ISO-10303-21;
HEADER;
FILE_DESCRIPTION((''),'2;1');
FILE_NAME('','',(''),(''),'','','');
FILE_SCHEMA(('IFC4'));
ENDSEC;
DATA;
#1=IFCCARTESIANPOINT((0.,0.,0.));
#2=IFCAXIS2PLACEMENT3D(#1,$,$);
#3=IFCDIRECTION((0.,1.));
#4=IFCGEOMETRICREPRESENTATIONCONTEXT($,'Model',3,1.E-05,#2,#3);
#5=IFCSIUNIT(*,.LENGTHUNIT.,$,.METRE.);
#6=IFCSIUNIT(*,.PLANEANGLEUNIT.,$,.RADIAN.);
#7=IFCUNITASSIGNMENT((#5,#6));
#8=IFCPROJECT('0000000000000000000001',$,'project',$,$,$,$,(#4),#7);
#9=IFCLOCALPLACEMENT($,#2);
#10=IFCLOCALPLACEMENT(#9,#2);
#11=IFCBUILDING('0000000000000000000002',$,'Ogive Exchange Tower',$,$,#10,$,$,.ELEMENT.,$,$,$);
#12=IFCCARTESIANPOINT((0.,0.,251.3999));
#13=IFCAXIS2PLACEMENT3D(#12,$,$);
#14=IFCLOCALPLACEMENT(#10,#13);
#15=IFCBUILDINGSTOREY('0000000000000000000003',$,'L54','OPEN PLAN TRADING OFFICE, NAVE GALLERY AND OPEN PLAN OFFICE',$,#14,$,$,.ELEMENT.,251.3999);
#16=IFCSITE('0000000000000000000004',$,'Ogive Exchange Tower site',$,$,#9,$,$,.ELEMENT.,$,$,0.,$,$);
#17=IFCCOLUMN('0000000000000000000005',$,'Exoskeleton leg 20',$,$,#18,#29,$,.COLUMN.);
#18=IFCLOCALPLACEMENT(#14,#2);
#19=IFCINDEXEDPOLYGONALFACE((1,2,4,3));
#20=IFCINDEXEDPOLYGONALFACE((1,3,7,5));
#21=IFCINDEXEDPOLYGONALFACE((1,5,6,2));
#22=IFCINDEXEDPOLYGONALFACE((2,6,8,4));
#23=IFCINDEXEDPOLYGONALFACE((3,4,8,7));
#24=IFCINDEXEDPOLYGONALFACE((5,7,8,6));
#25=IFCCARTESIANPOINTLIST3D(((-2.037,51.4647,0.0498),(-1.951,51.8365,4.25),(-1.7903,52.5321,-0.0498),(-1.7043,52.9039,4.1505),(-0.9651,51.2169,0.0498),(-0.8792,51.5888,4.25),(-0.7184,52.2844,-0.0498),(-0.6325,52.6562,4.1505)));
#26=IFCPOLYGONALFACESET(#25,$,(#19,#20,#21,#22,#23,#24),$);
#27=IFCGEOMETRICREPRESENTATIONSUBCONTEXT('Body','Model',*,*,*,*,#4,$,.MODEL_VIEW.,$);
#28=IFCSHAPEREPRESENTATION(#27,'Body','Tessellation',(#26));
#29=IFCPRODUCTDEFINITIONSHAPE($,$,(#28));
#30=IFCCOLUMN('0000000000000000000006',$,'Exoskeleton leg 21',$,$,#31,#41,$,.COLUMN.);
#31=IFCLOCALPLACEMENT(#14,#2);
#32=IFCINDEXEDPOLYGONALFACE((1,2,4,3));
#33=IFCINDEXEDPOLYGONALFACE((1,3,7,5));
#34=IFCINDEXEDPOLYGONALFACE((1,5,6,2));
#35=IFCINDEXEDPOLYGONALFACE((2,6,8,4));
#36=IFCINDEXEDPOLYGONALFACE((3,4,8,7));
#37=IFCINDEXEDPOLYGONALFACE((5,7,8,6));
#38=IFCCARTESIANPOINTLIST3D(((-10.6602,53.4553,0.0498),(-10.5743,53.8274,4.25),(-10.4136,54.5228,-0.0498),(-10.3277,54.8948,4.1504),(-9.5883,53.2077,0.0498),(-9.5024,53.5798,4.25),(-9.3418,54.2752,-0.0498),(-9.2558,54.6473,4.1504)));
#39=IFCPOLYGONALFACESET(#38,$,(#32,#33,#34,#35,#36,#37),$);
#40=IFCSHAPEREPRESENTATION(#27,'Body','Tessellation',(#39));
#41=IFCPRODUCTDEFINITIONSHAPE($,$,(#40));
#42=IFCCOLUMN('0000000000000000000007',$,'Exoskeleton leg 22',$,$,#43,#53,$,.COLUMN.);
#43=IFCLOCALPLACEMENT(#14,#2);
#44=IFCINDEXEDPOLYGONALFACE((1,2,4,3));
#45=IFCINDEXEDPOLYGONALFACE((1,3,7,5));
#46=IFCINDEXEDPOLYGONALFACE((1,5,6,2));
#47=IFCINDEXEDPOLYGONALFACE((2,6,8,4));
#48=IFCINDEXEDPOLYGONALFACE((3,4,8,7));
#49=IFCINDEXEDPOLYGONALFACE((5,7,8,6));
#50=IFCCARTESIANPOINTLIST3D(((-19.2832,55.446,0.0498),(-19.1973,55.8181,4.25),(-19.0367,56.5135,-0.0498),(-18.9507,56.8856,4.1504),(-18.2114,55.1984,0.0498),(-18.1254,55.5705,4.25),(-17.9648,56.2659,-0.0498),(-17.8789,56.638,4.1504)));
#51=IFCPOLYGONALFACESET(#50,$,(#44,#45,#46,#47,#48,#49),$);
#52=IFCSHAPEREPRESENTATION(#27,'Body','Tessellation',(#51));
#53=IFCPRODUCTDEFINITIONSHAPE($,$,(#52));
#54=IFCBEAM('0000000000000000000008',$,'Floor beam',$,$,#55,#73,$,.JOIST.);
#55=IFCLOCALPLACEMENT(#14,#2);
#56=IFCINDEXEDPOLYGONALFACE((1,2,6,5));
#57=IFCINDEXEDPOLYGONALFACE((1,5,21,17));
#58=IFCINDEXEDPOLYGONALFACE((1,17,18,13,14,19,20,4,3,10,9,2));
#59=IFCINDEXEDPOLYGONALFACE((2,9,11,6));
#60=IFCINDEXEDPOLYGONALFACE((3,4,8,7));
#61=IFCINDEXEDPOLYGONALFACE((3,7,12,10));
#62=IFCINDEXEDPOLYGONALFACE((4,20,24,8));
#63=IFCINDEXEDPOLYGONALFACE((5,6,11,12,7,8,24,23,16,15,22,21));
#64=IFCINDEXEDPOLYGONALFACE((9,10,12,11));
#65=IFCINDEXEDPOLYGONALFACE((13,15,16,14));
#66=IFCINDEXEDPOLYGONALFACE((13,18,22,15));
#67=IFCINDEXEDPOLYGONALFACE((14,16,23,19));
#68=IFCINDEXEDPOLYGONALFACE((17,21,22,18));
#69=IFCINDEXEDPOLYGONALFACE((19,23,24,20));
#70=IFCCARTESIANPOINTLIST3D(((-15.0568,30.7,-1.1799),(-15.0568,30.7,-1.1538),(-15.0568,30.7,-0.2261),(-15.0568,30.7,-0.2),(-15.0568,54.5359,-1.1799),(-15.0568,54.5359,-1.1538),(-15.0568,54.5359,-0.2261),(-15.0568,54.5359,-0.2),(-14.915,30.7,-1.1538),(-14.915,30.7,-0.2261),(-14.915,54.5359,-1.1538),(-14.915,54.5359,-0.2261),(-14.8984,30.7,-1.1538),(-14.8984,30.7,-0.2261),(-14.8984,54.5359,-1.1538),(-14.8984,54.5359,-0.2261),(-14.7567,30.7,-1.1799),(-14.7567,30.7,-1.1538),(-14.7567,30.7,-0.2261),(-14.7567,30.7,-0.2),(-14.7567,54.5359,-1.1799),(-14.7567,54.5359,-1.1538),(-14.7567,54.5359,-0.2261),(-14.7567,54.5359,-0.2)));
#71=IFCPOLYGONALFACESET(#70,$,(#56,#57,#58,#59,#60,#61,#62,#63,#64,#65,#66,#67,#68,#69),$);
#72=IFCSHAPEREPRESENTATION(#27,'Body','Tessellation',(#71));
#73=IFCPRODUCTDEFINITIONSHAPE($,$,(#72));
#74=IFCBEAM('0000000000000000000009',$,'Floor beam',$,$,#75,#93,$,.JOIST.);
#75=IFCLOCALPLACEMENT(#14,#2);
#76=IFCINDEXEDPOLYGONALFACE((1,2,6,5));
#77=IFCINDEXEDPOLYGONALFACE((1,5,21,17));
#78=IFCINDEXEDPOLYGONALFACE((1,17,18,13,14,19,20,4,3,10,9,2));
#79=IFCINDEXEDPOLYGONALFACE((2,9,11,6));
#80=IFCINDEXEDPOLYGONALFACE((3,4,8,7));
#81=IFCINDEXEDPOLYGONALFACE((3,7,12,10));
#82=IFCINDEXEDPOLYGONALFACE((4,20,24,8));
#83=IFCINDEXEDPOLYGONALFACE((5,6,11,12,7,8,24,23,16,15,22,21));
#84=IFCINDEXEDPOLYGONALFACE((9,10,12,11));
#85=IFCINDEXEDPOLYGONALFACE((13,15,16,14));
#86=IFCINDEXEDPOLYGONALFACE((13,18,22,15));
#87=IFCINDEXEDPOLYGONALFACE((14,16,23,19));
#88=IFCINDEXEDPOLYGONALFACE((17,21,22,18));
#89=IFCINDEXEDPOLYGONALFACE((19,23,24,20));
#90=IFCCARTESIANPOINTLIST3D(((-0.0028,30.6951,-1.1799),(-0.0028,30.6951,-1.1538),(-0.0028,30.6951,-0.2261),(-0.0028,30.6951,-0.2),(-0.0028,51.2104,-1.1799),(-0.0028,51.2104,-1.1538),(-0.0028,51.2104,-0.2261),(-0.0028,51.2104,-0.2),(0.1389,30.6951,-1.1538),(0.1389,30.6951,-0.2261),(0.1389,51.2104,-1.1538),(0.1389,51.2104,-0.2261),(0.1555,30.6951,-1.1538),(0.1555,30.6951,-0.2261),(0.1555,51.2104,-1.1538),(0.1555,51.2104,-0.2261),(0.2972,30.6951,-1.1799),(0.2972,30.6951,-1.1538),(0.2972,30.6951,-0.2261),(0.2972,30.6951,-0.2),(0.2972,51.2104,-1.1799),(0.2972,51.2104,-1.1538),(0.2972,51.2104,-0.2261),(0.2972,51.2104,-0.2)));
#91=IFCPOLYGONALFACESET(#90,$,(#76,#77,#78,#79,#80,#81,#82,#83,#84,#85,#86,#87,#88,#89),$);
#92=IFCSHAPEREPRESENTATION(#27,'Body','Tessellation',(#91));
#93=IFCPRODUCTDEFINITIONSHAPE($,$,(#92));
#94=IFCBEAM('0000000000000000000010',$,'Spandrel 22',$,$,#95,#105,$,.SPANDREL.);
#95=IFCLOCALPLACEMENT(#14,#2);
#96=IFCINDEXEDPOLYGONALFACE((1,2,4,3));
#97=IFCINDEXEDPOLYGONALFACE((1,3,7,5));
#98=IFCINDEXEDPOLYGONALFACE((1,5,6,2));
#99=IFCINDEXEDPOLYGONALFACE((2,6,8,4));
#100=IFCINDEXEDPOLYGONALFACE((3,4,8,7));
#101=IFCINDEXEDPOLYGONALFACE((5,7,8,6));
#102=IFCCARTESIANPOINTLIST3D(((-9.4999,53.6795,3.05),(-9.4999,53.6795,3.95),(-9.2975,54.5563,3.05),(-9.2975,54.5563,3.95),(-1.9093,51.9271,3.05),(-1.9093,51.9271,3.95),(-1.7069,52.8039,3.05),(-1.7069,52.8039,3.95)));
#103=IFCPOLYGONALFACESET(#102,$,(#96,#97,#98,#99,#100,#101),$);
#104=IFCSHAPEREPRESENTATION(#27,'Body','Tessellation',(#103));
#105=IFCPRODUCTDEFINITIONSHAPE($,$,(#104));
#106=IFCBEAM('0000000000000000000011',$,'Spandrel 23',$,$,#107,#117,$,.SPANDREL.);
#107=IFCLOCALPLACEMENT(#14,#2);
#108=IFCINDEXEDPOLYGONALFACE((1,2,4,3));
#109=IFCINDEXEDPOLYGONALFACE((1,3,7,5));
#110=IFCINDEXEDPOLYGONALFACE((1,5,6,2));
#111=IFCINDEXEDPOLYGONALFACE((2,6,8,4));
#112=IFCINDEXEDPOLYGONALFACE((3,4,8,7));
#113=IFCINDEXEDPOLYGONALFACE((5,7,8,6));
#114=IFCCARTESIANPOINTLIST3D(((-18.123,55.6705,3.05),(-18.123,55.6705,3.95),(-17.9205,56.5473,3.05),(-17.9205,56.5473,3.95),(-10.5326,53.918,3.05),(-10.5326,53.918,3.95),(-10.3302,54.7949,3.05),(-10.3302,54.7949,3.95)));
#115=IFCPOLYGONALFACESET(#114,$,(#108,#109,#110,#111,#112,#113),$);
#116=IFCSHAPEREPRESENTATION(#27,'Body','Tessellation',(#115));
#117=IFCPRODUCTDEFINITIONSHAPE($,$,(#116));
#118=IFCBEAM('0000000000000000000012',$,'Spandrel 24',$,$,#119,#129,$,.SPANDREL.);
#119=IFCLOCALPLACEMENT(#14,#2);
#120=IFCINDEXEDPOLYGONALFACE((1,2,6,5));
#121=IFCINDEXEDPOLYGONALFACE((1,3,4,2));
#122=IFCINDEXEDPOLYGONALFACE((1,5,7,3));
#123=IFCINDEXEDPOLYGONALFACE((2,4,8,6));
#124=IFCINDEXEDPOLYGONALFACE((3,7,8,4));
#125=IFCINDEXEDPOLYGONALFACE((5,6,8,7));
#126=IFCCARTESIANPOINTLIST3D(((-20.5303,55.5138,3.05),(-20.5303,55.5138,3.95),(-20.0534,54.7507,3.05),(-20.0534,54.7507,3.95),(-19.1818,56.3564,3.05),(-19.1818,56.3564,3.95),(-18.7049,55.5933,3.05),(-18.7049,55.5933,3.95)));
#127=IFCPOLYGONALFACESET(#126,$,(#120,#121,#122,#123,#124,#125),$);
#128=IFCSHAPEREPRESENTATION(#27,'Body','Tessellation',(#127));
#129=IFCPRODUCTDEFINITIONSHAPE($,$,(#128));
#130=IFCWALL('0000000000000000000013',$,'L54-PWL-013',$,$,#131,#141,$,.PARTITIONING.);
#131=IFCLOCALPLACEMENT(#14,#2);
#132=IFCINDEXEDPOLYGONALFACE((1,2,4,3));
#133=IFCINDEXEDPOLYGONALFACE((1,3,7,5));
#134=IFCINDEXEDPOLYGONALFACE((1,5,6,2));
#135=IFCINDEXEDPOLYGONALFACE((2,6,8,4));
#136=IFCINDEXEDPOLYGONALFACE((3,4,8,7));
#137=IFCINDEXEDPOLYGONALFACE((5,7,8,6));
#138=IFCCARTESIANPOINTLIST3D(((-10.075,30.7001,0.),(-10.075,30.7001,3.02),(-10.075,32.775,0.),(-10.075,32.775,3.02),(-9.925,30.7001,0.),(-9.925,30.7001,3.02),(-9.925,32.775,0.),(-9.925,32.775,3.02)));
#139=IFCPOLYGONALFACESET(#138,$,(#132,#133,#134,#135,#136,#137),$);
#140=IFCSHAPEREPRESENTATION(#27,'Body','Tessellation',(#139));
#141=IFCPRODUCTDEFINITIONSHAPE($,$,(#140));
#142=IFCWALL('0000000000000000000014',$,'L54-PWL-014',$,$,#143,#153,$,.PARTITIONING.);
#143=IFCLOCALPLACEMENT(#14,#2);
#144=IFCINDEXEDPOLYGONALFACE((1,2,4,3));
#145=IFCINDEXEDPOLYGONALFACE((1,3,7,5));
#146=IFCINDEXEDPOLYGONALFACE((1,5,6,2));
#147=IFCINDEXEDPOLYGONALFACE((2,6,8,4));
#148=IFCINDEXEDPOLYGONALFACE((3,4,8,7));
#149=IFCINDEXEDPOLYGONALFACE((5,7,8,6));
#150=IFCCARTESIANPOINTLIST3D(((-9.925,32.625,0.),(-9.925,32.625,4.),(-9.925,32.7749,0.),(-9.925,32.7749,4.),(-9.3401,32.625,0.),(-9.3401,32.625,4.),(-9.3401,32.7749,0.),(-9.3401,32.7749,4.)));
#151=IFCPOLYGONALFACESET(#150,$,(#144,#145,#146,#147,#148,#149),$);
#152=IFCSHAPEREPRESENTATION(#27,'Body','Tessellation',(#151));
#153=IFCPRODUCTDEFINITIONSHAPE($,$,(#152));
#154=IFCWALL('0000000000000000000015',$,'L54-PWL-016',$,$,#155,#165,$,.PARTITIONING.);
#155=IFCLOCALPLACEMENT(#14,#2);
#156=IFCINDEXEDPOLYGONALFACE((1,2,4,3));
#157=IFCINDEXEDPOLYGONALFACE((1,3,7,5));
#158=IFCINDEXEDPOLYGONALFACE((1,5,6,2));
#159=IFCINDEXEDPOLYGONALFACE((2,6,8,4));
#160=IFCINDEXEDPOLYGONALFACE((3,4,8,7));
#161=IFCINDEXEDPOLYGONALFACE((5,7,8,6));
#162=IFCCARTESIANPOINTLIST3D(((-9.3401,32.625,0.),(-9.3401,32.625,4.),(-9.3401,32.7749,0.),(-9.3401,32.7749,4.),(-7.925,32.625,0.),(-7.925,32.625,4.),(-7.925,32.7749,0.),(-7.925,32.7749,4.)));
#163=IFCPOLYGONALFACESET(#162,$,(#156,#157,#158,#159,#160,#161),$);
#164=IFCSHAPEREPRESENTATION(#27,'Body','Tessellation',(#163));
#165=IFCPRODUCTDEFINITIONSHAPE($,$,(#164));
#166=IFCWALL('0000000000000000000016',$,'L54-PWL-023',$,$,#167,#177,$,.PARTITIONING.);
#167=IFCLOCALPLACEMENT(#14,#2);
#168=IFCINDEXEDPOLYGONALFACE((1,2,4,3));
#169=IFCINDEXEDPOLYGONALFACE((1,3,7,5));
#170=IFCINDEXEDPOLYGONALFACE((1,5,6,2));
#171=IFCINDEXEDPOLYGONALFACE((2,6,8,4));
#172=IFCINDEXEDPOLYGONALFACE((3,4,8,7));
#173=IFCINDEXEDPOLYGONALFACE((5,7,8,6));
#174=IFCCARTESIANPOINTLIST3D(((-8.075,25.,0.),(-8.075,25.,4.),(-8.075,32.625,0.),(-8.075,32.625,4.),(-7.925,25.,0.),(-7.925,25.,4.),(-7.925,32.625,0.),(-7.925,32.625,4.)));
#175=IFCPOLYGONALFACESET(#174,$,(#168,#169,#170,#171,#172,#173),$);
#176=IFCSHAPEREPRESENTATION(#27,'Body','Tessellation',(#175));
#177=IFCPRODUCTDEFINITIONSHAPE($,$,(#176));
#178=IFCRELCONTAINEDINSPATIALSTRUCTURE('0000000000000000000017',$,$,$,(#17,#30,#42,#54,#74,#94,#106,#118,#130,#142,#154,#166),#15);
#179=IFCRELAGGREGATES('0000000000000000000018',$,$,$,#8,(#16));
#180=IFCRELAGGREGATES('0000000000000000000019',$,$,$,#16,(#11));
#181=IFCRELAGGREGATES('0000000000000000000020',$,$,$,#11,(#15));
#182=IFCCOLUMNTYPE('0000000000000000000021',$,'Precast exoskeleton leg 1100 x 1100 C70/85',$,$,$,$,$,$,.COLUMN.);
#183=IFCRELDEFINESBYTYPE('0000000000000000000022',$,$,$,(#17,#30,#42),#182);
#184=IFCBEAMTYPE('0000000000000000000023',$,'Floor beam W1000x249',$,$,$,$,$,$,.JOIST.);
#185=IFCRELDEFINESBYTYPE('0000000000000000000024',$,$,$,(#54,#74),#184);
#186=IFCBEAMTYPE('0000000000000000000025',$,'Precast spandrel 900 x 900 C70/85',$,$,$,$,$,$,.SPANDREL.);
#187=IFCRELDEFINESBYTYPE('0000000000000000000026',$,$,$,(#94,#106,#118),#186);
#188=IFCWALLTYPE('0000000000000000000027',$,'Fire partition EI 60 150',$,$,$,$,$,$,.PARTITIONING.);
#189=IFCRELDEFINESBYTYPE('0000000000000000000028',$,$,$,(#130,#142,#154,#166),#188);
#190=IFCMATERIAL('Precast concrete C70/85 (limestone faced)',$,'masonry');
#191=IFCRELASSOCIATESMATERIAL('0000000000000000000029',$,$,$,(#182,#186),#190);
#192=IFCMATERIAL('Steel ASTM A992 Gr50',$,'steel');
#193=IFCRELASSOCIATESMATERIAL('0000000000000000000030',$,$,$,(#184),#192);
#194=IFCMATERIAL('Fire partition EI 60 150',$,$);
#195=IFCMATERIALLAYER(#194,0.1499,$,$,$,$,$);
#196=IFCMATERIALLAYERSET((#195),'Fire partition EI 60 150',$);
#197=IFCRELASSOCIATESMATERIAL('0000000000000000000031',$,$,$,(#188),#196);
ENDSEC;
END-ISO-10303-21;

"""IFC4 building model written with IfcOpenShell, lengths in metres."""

from ifc_helpers import new_model, si_unit, direction, frame, frame_2d, origin, origin_2d, place, context, subcontext, project, spatial, rectangle, i_section, extrude, material, layer, layer_set, material_profile, profile_set, type_object, element, save


model = new_model("IFC4")

# Units and contexts
model_context = context("Model", 3, precision=1e-05, world=origin(), true_north=direction((0.0, 1.0)))
body_context = subcontext(model_context, "Body", "Model", "MODEL_VIEW")
ifc_project = project(units=[si_unit("LENGTHUNIT", "METRE"), si_unit("PLANEANGLEUNIT", "RADIAN")], contexts=[model_context])

# Site, building, storey
site_placement = place(None, origin())
site = spatial("IfcSite", under=ifc_project, at=site_placement, Name="Ogive Exchange Tower site", CompositionType="ELEMENT", RefElevation=0.0)
building_placement = place(site_placement, origin())
building = spatial("IfcBuilding", under=site, at=building_placement, Name="Ogive Exchange Tower", CompositionType="ELEMENT")
storey_placement = place(building_placement, frame((0.0, 0.0, 251.3999)))
storey = spatial("IfcBuildingStorey", under=building, at=storey_placement, Name="L54", Description="OPEN PLAN TRADING OFFICE, NAVE GALLERY AND OPEN PLAN OFFICE", CompositionType="ELEMENT", Elevation=251.3999)

# Columns
ifc_material_1 = material(Name="Precast concrete C70/85 (limestone faced)", Category="masonry")
ifc_material_profile_1 = material_profile(ifc_material_1, rectangle(XDim=1.1001, YDim=1.1001, at=origin_2d()), Name="1100 x 1100")
ifc_profile_set_1 = profile_set([ifc_material_profile_1], Name="Precast concrete C70/85 (limestone faced)")
column_type = type_object("IfcColumnType", Name="Precast exoskeleton leg 1100 x 1100 C70/85", PredefinedType="COLUMN", material=ifc_profile_set_1)
for number, where, z_axis, x_axis, name in (
    (1, (-1.3777, 51.8745, 0.0), (0.020376, 0.088163, 0.995898), (-0.974316, 0.225187, 0.0), "Exoskeleton leg 20"),
    (2, (-10.001, 53.8652, 0.0), (0.020376, 0.08822, 0.995893), (-0.974348, 0.225046, 0.0), "Exoskeleton leg 21"),
    (3, (-18.624, 55.856, 0.0), (0.020376, 0.08822, 0.995893), (-0.974348, 0.225046, 0.0), "Exoskeleton leg 22"),
):
    element("IfcColumn", number, at=place(storey_placement, frame(where, z_axis=z_axis, x_axis=x_axis)), inside=storey, type_object=column_type, Name=name, PredefinedType="COLUMN", context=body_context, shape_type="SweptSolid", body=[
        extrude(rectangle(XDim=1.1001, YDim=1.1001, at=origin_2d()), origin(), (0.0, 0.0, 1.0), 4.2175),
    ])

# Beams
ifc_material_2 = material(Name="Steel ASTM A992 Gr50", Category="steel")
ifc_material_profile_2 = material_profile(ifc_material_2, i_section(OverallWidth=0.3, OverallDepth=0.98, WebThickness=0.0166, FlangeThickness=0.0261, at=origin_2d()), Name="W1000x249")
ifc_profile_set_2 = profile_set([ifc_material_profile_2], Name="Steel ASTM A992 Gr50")
beam_type_1 = type_object("IfcBeamType", Name="Floor beam W1000x249", PredefinedType="JOIST", material=ifc_profile_set_2)
beam_1_placement = place(storey_placement, frame((-14.9067, 30.7, -0.6899), z_axis=(0.0, 1.0, 0.0), x_axis=(-1.0, 0.0, 0.0)))
element("IfcBeam", 4, at=beam_1_placement, inside=storey, type_object=beam_type_1, Name="Floor beam", PredefinedType="JOIST", context=body_context, shape_type="SweptSolid", body=[
    extrude(i_section(OverallWidth=0.3, OverallDepth=0.98, WebThickness=0.0166, FlangeThickness=0.0261, at=origin_2d()), origin(), (0.0, 0.0, 1.0), 23.8359),
])
beam_2_placement = place(storey_placement, frame((0.1472, 30.6951, -0.6899), z_axis=(0.0, 1.0, 0.0), x_axis=(-1.0, 0.0, 0.0)))
element("IfcBeam", 5, at=beam_2_placement, inside=storey, type_object=beam_type_1, Name="Floor beam", PredefinedType="JOIST", context=body_context, shape_type="SweptSolid", body=[
    extrude(i_section(OverallWidth=0.3, OverallDepth=0.98, WebThickness=0.0166, FlangeThickness=0.0261, at=origin_2d()), origin(), (0.0, 0.0, 1.0), 20.5154),
])
ifc_material_profile_3 = material_profile(ifc_material_1, rectangle(XDim=0.8999, YDim=0.8999, at=origin_2d()), Name="900 x 900")
ifc_profile_set_3 = profile_set([ifc_material_profile_3], Name="Precast concrete C70/85 (limestone faced)")
beam_type_2 = type_object("IfcBeamType", Name="Precast spandrel 900 x 900 C70/85", PredefinedType="SPANDREL", material=ifc_profile_set_3)
beam_3_placement = place(storey_placement, frame((-1.8081, 52.3655, 3.5), z_axis=(-0.97437, 0.224953, 0.0), x_axis=(-0.224953, -0.97437, 0.0)))
element("IfcBeam", 6, at=beam_3_placement, inside=storey, type_object=beam_type_2, Name="Spandrel 22", PredefinedType="SPANDREL", context=body_context, shape_type="SweptSolid", body=[
    extrude(rectangle(XDim=0.8999, YDim=0.8999, at=origin_2d()), origin(), (0.0, 0.0, 1.0), 7.7903),
])
beam_4_placement = place(storey_placement, frame((-10.4314, 54.3564, 3.5), z_axis=(-0.974368, 0.22496, 0.0), x_axis=(-0.22496, -0.974368, 0.0)))
element("IfcBeam", 7, at=beam_4_placement, inside=storey, type_object=beam_type_2, Name="Spandrel 23", PredefinedType="SPANDREL", context=body_context, shape_type="SweptSolid", body=[
    extrude(rectangle(XDim=0.8999, YDim=0.8999, at=origin_2d()), origin(), (0.0, 0.0, 1.0), 7.79),
])
beam_5_placement = place(storey_placement, frame((-18.9434, 55.9749, 3.5), z_axis=(-0.848059, -0.529902, 0.0), x_axis=(0.529902, -0.848059, 0.0)))
element("IfcBeam", 8, at=beam_5_placement, inside=storey, type_object=beam_type_2, Name="Spandrel 24", PredefinedType="SPANDREL", context=body_context, shape_type="SweptSolid", body=[
    extrude(rectangle(XDim=0.8999, YDim=0.8999, at=origin_2d()), origin(), (0.0, 0.0, 1.0), 1.5901),
])

# Walls
ifc_material_3 = material(Name="Fire partition EI 60 150")
ifc_layer_1 = layer(ifc_material_3, 0.1499)
ifc_layer_set_1 = layer_set([ifc_layer_1], Name="Fire partition EI 60 150")
wall_type_1 = type_object("IfcWallType", Name="Fire partition EI 60 150", PredefinedType="PARTITIONING", material=ifc_layer_set_1)
wall_1_placement = place(storey_placement, frame((-10.0, 30.7, 0.0), z_axis=(0.0, 0.0, 1.0), x_axis=(0.0, 1.0, 0.0)))
element("IfcWall", 9, at=wall_1_placement, inside=storey, type_object=wall_type_1, Name="L54-PWL-013", PredefinedType="PARTITIONING", context=body_context, shape_type="SweptSolid", body=[
    extrude(rectangle(XDim=2.075, YDim=0.1499, at=frame_2d((1.0376, 0.0))), origin(), (0.0, 0.0, 1.0), 3.02),
])
wall_2_placement = place(storey_placement, frame((-9.925, 32.7, 0.0), z_axis=(0.0, 0.0, 1.0), x_axis=(1.0, 0.0, 0.0)))
element("IfcWall", 10, at=wall_2_placement, inside=storey, type_object=wall_type_1, Name="L54-PWL-014", PredefinedType="PARTITIONING", context=body_context, shape_type="SweptSolid", body=[
    extrude(rectangle(XDim=0.585, YDim=0.1499, at=frame_2d((0.2925, 0.0))), origin(), (0.0, 0.0, 1.0), 4.0),
])
wall_3_placement = place(storey_placement, frame((-9.3401, 32.7, 0.0), z_axis=(0.0, 0.0, 1.0), x_axis=(1.0, 0.0, 0.0)))
element("IfcWall", 11, at=wall_3_placement, inside=storey, type_object=wall_type_1, Name="L54-PWL-016", PredefinedType="PARTITIONING", context=body_context, shape_type="SweptSolid", body=[
    extrude(rectangle(XDim=1.415, YDim=0.1499, at=frame_2d((0.7075, 0.0))), origin(), (0.0, 0.0, 1.0), 4.0),
])
wall_4_placement = place(storey_placement, frame((-8.0, 32.625, 0.0), z_axis=(0.0, 0.0, 1.0), x_axis=(0.0, -1.0, 0.0)))
element("IfcWall", 12, at=wall_4_placement, inside=storey, type_object=wall_type_1, Name="L54-PWL-023", PredefinedType="PARTITIONING", context=body_context, shape_type="SweptSolid", body=[
    extrude(rectangle(XDim=7.625, YDim=0.1499, at=frame_2d((3.8125, 0.0))), origin(), (0.0, 0.0, 1.0), 4.0),
])

save(model, "model.ifc")
